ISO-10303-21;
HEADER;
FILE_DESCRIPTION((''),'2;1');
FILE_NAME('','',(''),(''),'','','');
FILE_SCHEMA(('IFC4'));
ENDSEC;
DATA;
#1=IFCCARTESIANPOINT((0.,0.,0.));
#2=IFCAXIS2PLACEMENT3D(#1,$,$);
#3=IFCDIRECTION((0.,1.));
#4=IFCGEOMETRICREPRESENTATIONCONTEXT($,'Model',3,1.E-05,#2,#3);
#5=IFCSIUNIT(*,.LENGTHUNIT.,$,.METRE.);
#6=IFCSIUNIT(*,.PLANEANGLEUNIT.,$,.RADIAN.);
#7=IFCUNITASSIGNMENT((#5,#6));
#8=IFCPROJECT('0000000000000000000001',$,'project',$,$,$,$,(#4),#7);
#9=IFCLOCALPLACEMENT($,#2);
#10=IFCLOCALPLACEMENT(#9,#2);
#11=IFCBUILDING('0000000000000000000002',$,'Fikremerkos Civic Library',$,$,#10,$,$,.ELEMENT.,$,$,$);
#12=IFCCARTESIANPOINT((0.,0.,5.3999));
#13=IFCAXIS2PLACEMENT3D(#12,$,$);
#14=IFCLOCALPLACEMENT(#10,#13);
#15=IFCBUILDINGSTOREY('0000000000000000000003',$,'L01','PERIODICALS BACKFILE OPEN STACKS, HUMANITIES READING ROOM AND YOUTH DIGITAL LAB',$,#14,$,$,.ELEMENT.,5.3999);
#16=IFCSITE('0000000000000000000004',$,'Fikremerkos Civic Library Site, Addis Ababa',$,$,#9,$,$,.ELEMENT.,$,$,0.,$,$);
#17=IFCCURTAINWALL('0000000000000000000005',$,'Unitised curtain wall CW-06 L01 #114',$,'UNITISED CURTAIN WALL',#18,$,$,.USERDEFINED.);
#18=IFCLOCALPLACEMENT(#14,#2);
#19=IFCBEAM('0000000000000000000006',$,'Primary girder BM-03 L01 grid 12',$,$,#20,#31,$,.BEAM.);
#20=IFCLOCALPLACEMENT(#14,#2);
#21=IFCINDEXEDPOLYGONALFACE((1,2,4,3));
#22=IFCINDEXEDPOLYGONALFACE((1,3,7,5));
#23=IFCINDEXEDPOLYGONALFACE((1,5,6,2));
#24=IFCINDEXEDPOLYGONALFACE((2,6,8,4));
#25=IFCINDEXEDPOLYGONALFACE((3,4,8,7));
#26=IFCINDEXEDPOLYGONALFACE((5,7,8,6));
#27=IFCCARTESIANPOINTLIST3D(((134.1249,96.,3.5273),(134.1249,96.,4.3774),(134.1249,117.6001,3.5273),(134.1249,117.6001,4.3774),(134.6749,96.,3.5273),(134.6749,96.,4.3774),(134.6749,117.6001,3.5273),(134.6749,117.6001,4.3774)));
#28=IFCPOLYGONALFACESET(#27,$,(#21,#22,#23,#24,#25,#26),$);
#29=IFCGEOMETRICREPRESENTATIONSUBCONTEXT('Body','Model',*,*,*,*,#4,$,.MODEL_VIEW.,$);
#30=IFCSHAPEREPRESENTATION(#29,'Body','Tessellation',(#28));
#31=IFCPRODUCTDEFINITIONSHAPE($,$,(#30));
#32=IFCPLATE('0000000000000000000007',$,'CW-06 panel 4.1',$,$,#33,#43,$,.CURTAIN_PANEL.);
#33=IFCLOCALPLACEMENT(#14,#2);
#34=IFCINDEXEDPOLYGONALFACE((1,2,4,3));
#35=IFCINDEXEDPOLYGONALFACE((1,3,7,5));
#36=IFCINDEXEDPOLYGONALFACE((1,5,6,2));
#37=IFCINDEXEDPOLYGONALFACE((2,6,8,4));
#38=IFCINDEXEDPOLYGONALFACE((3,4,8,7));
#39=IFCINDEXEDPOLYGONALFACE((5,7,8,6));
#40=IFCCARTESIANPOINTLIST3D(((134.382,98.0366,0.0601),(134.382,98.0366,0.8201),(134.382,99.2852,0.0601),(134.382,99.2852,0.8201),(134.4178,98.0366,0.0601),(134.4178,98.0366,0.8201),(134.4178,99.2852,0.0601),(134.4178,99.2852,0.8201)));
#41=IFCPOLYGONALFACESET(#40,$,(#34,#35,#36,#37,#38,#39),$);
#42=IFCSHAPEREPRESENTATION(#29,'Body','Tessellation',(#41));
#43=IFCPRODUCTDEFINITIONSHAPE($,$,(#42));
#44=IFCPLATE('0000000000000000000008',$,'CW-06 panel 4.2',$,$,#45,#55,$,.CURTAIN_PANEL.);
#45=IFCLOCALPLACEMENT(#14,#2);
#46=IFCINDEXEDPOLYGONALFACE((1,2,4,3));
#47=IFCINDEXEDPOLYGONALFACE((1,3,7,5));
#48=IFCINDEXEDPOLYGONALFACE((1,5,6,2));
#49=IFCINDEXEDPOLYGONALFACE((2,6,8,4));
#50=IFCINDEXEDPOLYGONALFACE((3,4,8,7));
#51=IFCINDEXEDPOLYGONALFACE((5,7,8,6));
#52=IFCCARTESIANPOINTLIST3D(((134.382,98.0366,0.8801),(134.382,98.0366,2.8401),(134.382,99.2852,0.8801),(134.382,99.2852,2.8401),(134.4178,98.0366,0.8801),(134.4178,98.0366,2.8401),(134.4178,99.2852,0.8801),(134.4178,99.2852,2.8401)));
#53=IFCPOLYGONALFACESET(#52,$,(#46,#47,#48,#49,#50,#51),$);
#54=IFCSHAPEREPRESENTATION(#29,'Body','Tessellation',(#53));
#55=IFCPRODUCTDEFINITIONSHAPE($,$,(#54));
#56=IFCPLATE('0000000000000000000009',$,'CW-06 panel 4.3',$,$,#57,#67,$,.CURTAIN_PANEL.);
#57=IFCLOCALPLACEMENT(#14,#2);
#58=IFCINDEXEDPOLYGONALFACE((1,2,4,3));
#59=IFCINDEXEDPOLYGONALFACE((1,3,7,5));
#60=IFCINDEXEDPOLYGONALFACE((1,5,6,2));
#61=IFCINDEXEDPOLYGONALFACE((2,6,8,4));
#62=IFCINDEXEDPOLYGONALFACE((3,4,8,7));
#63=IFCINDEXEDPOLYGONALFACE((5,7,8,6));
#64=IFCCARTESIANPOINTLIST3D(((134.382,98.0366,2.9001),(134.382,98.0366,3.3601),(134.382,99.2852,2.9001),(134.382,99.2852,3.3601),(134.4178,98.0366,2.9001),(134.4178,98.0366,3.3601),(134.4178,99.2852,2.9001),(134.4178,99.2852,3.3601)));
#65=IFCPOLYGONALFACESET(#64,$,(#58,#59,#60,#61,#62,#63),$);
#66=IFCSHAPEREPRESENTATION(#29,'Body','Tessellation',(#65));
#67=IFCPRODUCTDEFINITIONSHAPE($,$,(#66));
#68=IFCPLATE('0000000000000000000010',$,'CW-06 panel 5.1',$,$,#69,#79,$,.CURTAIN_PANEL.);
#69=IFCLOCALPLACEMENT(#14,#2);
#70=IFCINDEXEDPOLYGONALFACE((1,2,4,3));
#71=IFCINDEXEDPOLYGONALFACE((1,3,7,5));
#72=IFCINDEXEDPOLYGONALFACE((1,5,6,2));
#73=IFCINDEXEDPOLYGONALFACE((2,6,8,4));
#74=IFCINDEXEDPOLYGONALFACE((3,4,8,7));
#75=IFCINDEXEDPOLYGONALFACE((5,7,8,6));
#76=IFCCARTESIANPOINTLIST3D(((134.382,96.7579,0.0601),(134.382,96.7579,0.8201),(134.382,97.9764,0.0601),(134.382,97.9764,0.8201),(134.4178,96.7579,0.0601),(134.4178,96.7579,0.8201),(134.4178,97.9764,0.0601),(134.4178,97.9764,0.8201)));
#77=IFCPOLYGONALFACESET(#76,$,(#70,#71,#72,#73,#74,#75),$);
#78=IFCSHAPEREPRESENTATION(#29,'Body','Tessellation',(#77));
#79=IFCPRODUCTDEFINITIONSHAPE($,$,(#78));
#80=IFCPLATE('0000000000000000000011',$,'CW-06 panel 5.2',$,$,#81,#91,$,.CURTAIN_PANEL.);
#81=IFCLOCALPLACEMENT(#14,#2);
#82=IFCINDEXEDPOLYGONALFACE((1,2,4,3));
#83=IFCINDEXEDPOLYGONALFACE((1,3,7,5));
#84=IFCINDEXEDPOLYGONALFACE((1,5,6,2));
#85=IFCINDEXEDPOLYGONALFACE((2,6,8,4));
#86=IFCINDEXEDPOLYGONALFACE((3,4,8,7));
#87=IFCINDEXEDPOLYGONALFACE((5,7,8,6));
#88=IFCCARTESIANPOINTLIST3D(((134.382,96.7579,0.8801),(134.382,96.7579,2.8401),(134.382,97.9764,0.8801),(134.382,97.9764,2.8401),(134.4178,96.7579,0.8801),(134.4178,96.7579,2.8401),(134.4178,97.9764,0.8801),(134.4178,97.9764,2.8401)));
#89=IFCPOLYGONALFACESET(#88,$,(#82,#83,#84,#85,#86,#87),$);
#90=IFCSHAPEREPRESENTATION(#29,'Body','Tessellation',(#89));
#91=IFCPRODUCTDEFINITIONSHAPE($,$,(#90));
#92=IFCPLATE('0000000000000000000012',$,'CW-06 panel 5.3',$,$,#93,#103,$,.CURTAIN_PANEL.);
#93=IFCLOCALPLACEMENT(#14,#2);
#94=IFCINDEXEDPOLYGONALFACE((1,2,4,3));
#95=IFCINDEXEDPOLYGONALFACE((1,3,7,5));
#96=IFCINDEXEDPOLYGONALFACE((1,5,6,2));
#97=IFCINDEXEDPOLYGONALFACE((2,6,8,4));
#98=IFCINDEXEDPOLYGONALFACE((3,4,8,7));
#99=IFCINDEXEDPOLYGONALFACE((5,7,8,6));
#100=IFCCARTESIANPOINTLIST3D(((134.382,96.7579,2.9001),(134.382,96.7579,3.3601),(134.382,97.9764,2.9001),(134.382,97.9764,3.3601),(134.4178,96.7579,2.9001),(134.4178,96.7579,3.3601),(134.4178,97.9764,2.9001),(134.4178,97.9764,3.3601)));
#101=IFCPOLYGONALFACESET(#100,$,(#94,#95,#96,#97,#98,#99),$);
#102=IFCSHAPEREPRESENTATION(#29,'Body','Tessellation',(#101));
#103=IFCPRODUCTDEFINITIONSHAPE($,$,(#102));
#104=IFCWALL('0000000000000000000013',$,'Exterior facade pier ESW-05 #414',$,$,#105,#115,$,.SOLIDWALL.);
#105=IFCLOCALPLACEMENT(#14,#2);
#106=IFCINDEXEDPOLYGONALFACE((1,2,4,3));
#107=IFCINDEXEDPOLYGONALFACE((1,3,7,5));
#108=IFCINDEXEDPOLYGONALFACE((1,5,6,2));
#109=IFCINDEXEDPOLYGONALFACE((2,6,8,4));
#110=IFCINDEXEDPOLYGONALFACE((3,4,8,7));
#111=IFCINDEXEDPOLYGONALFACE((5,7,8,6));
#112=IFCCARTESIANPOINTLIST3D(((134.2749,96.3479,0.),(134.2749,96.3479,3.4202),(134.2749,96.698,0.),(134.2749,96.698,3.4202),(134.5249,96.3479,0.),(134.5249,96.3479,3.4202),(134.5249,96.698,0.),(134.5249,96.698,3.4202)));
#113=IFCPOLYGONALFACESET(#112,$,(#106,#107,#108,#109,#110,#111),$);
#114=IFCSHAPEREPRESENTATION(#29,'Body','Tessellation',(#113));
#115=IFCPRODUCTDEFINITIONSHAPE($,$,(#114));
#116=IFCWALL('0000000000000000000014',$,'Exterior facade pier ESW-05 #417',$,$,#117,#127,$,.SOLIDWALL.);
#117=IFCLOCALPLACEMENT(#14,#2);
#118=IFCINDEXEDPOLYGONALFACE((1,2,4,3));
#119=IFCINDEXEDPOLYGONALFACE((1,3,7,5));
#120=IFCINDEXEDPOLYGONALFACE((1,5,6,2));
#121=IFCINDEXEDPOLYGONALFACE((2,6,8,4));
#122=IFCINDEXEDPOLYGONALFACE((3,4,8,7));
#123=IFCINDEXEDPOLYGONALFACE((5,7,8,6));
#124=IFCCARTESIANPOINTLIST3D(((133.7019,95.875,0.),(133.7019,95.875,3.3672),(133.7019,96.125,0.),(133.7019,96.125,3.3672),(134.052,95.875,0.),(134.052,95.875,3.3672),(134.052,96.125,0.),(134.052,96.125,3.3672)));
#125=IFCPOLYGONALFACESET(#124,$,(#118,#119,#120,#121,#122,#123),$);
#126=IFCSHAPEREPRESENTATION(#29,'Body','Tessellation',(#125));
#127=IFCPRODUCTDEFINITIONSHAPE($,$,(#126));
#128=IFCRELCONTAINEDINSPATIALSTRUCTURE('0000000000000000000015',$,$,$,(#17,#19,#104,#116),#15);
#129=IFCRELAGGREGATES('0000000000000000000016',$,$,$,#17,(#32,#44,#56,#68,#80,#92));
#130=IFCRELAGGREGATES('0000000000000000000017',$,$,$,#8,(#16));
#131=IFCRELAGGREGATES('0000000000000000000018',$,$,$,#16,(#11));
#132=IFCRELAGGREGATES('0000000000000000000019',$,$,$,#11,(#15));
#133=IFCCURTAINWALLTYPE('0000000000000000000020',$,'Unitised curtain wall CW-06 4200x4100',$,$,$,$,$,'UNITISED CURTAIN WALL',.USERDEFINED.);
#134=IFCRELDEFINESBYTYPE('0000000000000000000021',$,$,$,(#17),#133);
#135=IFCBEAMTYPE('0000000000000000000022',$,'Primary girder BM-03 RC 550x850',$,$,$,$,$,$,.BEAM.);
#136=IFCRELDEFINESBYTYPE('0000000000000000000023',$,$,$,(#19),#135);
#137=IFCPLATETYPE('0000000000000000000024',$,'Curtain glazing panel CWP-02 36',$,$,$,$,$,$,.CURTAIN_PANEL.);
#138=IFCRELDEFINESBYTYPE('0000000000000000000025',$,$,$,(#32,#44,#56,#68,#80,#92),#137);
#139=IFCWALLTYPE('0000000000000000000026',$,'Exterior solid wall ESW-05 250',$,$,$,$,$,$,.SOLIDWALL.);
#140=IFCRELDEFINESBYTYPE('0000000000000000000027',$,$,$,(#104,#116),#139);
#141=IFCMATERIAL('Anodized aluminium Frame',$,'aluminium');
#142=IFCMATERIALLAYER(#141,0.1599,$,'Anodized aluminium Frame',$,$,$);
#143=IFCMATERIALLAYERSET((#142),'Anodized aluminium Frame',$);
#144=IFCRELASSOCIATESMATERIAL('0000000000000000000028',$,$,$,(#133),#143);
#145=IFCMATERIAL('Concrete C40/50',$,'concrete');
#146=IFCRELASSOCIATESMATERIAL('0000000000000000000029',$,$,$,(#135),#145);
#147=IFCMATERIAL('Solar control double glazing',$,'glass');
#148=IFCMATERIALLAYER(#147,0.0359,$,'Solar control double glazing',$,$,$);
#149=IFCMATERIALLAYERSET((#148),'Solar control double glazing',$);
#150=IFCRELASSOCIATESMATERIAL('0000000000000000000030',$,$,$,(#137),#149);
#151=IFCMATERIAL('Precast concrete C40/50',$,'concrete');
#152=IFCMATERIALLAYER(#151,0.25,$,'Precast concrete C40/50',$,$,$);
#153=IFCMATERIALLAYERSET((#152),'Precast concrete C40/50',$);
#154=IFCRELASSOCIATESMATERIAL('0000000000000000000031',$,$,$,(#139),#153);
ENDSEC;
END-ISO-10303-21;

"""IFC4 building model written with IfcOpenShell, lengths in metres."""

from ifc_helpers import new_model, si_unit, direction, frame, frame_2d, origin, origin_2d, place, context, subcontext, project, spatial, rectangle, extrude, material, layer, layer_set, material_profile, profile_set, type_object, element, aggregate, save


model = new_model("IFC4")

# Units and contexts
model_context = context("Model", 3, precision=1e-05, world=origin(), true_north=direction((0.0, 1.0)))
body_context = subcontext(model_context, "Body", "Model", "MODEL_VIEW")
ifc_project = project(units=[si_unit("LENGTHUNIT", "METRE"), si_unit("PLANEANGLEUNIT", "RADIAN")], contexts=[model_context])

# Site, building, storey
site_placement = place(None, origin())
site = spatial("IfcSite", under=ifc_project, at=site_placement, Name="Fikremerkos Civic Library Site, Addis Ababa", CompositionType="ELEMENT", RefElevation=0.0)
building_placement = place(site_placement, origin())
building = spatial("IfcBuilding", under=site, at=building_placement, Name="Fikremerkos Civic Library", CompositionType="ELEMENT")
storey_placement = place(building_placement, frame((0.0, 0.0, 5.3999)))
storey = spatial("IfcBuildingStorey", under=building, at=storey_placement, Name="L01", Description="PERIODICALS BACKFILE OPEN STACKS, HUMANITIES READING ROOM AND YOUTH DIGITAL LAB", CompositionType="ELEMENT", Elevation=5.3999)

# Shared definitions
ifc_material_1 = material(Name="Concrete C40/50", Category="concrete")

# Curtain wall
ifc_material_2 = material(Name="Anodized aluminium Frame", Category="aluminium")
ifc_layer_1 = layer(ifc_material_2, 0.1599, Name="Anodized aluminium Frame")
ifc_layer_set_1 = layer_set([ifc_layer_1], Name="Anodized aluminium Frame")
curtain_wall_type = type_object("IfcCurtainWallType", Name="Unitised curtain wall CW-06 4200x4100", ElementType="UNITISED CURTAIN WALL", PredefinedType="USERDEFINED", material=ifc_layer_set_1)
curtain_wall_placement = place(storey_placement, origin())
curtain_wall = element("IfcCurtainWall", 1, at=curtain_wall_placement, inside=storey, type_object=curtain_wall_type, Name="Unitised curtain wall CW-06 L01 #114", ObjectType="UNITISED CURTAIN WALL", PredefinedType="USERDEFINED")

# Beam
ifc_material_profile_1 = material_profile(ifc_material_1, rectangle(XDim=0.55, YDim=0.8501, at=origin_2d()), Name="RC 550x850")
ifc_profile_set_1 = profile_set([ifc_material_profile_1], Name="Concrete C40/50")
beam_type = type_object("IfcBeamType", Name="Primary girder BM-03 RC 550x850", PredefinedType="BEAM", material=ifc_profile_set_1)
beam_placement = place(storey_placement, frame((134.3999, 96.0, 3.9524), z_axis=(0.0, 1.0, 0.0), x_axis=(-1.0, 0.0, 0.0)))
element("IfcBeam", 2, at=beam_placement, inside=storey, type_object=beam_type, Name="Primary girder BM-03 L01 grid 12", PredefinedType="BEAM", context=body_context, shape_type="SweptSolid", body=[
    extrude(rectangle(XDim=0.55, YDim=0.8501, at=origin_2d()), origin(), (0.0, 0.0, 1.0), 21.6001),
])

# Plates
ifc_material_3 = material(Name="Solar control double glazing", Category="glass")
ifc_layer_2 = layer(ifc_material_3, 0.0359, Name="Solar control double glazing")
ifc_layer_set_2 = layer_set([ifc_layer_2], Name="Solar control double glazing")
plate_type = type_object("IfcPlateType", Name="Curtain glazing panel CWP-02 36", PredefinedType="CURTAIN_PANEL", material=ifc_layer_set_2)
plate_1_placement = place(storey_placement, frame((134.3999, 98.6609, 0.0601), z_axis=(0.0, 0.0, 1.0), x_axis=(0.0, -1.0, 0.0)))
plate_1 = element("IfcPlate", 3, at=plate_1_placement, type_object=plate_type, Name="CW-06 panel 4.1", PredefinedType="CURTAIN_PANEL", context=body_context, shape_type="SweptSolid", body=[
    extrude(rectangle(XDim=1.2485, YDim=0.0359, at=origin_2d()), origin(), (0.0, 0.0, 1.0), 0.76),
])
plate_2_placement = place(storey_placement, frame((134.3999, 98.6609, 0.8801), z_axis=(0.0, 0.0, 1.0), x_axis=(0.0, -1.0, 0.0)))
plate_2 = element("IfcPlate", 4, at=plate_2_placement, type_object=plate_type, Name="CW-06 panel 4.2", PredefinedType="CURTAIN_PANEL", context=body_context, shape_type="SweptSolid", body=[
    extrude(rectangle(XDim=1.2485, YDim=0.0359, at=origin_2d()), origin(), (0.0, 0.0, 1.0), 1.96),
])
plate_3_placement = place(storey_placement, frame((134.3999, 98.6609, 2.9001), z_axis=(0.0, 0.0, 1.0), x_axis=(0.0, -1.0, 0.0)))
plate_3 = element("IfcPlate", 5, at=plate_3_placement, type_object=plate_type, Name="CW-06 panel 4.3", PredefinedType="CURTAIN_PANEL", context=body_context, shape_type="SweptSolid", body=[
    extrude(rectangle(XDim=1.2485, YDim=0.0359, at=origin_2d()), origin(), (0.0, 0.0, 1.0), 0.46),
])
plate_4_placement = place(storey_placement, frame((134.3999, 97.3672, 0.0601), z_axis=(0.0, 0.0, 1.0), x_axis=(0.0, -1.0, 0.0)))
plate_4 = element("IfcPlate", 6, at=plate_4_placement, type_object=plate_type, Name="CW-06 panel 5.1", PredefinedType="CURTAIN_PANEL", context=body_context, shape_type="SweptSolid", body=[
    extrude(rectangle(XDim=1.2185, YDim=0.0359, at=origin_2d()), origin(), (0.0, 0.0, 1.0), 0.76),
])
plate_5_placement = place(storey_placement, frame((134.3999, 97.3672, 0.8801), z_axis=(0.0, 0.0, 1.0), x_axis=(0.0, -1.0, 0.0)))
plate_5 = element("IfcPlate", 7, at=plate_5_placement, type_object=plate_type, Name="CW-06 panel 5.2", PredefinedType="CURTAIN_PANEL", context=body_context, shape_type="SweptSolid", body=[
    extrude(rectangle(XDim=1.2185, YDim=0.0359, at=origin_2d()), origin(), (0.0, 0.0, 1.0), 1.96),
])
plate_6_placement = place(storey_placement, frame((134.3999, 97.3672, 2.9001), z_axis=(0.0, 0.0, 1.0), x_axis=(0.0, -1.0, 0.0)))
plate_6 = element("IfcPlate", 8, at=plate_6_placement, type_object=plate_type, Name="CW-06 panel 5.3", PredefinedType="CURTAIN_PANEL", context=body_context, shape_type="SweptSolid", body=[
    extrude(rectangle(XDim=1.2185, YDim=0.0359, at=origin_2d()), origin(), (0.0, 0.0, 1.0), 0.46),
])
aggregate(curtain_wall, [plate_1, plate_2, plate_3, plate_4, plate_5, plate_6])

# Walls
ifc_material_4 = material(Name="Precast concrete C40/50", Category="concrete")
ifc_layer_3 = layer(ifc_material_4, 0.25, Name="Precast concrete C40/50")
ifc_layer_set_3 = layer_set([ifc_layer_3], Name="Precast concrete C40/50")
wall_type = type_object("IfcWallType", Name="Exterior solid wall ESW-05 250", PredefinedType="SOLIDWALL", material=ifc_layer_set_3)
wall_1_placement = place(storey_placement, frame((134.3999, 96.698, 0.0), z_axis=(0.0, 0.0, 1.0), x_axis=(0.0, -1.0, 0.0)))
element("IfcWall", 9, at=wall_1_placement, inside=storey, type_object=wall_type, Name="Exterior facade pier ESW-05 #414", PredefinedType="SOLIDWALL", context=body_context, shape_type="SweptSolid", body=[
    extrude(rectangle(XDim=0.3501, YDim=0.25, at=frame_2d((0.175, 0.0))), origin(), (0.0, 0.0, 1.0), 3.4202),
])
wall_2_placement = place(storey_placement, frame((134.052, 96.0, 0.0), z_axis=(0.0, 0.0, 1.0), x_axis=(-1.0, 0.0, 0.0)))
element("IfcWall", 10, at=wall_2_placement, inside=storey, type_object=wall_type, Name="Exterior facade pier ESW-05 #417", PredefinedType="SOLIDWALL", context=body_context, shape_type="SweptSolid", body=[
    extrude(rectangle(XDim=0.3501, YDim=0.25, at=frame_2d((0.175, 0.0))), origin(), (0.0, 0.0, 1.0), 3.3672),
])

save(model, "model.ifc")
